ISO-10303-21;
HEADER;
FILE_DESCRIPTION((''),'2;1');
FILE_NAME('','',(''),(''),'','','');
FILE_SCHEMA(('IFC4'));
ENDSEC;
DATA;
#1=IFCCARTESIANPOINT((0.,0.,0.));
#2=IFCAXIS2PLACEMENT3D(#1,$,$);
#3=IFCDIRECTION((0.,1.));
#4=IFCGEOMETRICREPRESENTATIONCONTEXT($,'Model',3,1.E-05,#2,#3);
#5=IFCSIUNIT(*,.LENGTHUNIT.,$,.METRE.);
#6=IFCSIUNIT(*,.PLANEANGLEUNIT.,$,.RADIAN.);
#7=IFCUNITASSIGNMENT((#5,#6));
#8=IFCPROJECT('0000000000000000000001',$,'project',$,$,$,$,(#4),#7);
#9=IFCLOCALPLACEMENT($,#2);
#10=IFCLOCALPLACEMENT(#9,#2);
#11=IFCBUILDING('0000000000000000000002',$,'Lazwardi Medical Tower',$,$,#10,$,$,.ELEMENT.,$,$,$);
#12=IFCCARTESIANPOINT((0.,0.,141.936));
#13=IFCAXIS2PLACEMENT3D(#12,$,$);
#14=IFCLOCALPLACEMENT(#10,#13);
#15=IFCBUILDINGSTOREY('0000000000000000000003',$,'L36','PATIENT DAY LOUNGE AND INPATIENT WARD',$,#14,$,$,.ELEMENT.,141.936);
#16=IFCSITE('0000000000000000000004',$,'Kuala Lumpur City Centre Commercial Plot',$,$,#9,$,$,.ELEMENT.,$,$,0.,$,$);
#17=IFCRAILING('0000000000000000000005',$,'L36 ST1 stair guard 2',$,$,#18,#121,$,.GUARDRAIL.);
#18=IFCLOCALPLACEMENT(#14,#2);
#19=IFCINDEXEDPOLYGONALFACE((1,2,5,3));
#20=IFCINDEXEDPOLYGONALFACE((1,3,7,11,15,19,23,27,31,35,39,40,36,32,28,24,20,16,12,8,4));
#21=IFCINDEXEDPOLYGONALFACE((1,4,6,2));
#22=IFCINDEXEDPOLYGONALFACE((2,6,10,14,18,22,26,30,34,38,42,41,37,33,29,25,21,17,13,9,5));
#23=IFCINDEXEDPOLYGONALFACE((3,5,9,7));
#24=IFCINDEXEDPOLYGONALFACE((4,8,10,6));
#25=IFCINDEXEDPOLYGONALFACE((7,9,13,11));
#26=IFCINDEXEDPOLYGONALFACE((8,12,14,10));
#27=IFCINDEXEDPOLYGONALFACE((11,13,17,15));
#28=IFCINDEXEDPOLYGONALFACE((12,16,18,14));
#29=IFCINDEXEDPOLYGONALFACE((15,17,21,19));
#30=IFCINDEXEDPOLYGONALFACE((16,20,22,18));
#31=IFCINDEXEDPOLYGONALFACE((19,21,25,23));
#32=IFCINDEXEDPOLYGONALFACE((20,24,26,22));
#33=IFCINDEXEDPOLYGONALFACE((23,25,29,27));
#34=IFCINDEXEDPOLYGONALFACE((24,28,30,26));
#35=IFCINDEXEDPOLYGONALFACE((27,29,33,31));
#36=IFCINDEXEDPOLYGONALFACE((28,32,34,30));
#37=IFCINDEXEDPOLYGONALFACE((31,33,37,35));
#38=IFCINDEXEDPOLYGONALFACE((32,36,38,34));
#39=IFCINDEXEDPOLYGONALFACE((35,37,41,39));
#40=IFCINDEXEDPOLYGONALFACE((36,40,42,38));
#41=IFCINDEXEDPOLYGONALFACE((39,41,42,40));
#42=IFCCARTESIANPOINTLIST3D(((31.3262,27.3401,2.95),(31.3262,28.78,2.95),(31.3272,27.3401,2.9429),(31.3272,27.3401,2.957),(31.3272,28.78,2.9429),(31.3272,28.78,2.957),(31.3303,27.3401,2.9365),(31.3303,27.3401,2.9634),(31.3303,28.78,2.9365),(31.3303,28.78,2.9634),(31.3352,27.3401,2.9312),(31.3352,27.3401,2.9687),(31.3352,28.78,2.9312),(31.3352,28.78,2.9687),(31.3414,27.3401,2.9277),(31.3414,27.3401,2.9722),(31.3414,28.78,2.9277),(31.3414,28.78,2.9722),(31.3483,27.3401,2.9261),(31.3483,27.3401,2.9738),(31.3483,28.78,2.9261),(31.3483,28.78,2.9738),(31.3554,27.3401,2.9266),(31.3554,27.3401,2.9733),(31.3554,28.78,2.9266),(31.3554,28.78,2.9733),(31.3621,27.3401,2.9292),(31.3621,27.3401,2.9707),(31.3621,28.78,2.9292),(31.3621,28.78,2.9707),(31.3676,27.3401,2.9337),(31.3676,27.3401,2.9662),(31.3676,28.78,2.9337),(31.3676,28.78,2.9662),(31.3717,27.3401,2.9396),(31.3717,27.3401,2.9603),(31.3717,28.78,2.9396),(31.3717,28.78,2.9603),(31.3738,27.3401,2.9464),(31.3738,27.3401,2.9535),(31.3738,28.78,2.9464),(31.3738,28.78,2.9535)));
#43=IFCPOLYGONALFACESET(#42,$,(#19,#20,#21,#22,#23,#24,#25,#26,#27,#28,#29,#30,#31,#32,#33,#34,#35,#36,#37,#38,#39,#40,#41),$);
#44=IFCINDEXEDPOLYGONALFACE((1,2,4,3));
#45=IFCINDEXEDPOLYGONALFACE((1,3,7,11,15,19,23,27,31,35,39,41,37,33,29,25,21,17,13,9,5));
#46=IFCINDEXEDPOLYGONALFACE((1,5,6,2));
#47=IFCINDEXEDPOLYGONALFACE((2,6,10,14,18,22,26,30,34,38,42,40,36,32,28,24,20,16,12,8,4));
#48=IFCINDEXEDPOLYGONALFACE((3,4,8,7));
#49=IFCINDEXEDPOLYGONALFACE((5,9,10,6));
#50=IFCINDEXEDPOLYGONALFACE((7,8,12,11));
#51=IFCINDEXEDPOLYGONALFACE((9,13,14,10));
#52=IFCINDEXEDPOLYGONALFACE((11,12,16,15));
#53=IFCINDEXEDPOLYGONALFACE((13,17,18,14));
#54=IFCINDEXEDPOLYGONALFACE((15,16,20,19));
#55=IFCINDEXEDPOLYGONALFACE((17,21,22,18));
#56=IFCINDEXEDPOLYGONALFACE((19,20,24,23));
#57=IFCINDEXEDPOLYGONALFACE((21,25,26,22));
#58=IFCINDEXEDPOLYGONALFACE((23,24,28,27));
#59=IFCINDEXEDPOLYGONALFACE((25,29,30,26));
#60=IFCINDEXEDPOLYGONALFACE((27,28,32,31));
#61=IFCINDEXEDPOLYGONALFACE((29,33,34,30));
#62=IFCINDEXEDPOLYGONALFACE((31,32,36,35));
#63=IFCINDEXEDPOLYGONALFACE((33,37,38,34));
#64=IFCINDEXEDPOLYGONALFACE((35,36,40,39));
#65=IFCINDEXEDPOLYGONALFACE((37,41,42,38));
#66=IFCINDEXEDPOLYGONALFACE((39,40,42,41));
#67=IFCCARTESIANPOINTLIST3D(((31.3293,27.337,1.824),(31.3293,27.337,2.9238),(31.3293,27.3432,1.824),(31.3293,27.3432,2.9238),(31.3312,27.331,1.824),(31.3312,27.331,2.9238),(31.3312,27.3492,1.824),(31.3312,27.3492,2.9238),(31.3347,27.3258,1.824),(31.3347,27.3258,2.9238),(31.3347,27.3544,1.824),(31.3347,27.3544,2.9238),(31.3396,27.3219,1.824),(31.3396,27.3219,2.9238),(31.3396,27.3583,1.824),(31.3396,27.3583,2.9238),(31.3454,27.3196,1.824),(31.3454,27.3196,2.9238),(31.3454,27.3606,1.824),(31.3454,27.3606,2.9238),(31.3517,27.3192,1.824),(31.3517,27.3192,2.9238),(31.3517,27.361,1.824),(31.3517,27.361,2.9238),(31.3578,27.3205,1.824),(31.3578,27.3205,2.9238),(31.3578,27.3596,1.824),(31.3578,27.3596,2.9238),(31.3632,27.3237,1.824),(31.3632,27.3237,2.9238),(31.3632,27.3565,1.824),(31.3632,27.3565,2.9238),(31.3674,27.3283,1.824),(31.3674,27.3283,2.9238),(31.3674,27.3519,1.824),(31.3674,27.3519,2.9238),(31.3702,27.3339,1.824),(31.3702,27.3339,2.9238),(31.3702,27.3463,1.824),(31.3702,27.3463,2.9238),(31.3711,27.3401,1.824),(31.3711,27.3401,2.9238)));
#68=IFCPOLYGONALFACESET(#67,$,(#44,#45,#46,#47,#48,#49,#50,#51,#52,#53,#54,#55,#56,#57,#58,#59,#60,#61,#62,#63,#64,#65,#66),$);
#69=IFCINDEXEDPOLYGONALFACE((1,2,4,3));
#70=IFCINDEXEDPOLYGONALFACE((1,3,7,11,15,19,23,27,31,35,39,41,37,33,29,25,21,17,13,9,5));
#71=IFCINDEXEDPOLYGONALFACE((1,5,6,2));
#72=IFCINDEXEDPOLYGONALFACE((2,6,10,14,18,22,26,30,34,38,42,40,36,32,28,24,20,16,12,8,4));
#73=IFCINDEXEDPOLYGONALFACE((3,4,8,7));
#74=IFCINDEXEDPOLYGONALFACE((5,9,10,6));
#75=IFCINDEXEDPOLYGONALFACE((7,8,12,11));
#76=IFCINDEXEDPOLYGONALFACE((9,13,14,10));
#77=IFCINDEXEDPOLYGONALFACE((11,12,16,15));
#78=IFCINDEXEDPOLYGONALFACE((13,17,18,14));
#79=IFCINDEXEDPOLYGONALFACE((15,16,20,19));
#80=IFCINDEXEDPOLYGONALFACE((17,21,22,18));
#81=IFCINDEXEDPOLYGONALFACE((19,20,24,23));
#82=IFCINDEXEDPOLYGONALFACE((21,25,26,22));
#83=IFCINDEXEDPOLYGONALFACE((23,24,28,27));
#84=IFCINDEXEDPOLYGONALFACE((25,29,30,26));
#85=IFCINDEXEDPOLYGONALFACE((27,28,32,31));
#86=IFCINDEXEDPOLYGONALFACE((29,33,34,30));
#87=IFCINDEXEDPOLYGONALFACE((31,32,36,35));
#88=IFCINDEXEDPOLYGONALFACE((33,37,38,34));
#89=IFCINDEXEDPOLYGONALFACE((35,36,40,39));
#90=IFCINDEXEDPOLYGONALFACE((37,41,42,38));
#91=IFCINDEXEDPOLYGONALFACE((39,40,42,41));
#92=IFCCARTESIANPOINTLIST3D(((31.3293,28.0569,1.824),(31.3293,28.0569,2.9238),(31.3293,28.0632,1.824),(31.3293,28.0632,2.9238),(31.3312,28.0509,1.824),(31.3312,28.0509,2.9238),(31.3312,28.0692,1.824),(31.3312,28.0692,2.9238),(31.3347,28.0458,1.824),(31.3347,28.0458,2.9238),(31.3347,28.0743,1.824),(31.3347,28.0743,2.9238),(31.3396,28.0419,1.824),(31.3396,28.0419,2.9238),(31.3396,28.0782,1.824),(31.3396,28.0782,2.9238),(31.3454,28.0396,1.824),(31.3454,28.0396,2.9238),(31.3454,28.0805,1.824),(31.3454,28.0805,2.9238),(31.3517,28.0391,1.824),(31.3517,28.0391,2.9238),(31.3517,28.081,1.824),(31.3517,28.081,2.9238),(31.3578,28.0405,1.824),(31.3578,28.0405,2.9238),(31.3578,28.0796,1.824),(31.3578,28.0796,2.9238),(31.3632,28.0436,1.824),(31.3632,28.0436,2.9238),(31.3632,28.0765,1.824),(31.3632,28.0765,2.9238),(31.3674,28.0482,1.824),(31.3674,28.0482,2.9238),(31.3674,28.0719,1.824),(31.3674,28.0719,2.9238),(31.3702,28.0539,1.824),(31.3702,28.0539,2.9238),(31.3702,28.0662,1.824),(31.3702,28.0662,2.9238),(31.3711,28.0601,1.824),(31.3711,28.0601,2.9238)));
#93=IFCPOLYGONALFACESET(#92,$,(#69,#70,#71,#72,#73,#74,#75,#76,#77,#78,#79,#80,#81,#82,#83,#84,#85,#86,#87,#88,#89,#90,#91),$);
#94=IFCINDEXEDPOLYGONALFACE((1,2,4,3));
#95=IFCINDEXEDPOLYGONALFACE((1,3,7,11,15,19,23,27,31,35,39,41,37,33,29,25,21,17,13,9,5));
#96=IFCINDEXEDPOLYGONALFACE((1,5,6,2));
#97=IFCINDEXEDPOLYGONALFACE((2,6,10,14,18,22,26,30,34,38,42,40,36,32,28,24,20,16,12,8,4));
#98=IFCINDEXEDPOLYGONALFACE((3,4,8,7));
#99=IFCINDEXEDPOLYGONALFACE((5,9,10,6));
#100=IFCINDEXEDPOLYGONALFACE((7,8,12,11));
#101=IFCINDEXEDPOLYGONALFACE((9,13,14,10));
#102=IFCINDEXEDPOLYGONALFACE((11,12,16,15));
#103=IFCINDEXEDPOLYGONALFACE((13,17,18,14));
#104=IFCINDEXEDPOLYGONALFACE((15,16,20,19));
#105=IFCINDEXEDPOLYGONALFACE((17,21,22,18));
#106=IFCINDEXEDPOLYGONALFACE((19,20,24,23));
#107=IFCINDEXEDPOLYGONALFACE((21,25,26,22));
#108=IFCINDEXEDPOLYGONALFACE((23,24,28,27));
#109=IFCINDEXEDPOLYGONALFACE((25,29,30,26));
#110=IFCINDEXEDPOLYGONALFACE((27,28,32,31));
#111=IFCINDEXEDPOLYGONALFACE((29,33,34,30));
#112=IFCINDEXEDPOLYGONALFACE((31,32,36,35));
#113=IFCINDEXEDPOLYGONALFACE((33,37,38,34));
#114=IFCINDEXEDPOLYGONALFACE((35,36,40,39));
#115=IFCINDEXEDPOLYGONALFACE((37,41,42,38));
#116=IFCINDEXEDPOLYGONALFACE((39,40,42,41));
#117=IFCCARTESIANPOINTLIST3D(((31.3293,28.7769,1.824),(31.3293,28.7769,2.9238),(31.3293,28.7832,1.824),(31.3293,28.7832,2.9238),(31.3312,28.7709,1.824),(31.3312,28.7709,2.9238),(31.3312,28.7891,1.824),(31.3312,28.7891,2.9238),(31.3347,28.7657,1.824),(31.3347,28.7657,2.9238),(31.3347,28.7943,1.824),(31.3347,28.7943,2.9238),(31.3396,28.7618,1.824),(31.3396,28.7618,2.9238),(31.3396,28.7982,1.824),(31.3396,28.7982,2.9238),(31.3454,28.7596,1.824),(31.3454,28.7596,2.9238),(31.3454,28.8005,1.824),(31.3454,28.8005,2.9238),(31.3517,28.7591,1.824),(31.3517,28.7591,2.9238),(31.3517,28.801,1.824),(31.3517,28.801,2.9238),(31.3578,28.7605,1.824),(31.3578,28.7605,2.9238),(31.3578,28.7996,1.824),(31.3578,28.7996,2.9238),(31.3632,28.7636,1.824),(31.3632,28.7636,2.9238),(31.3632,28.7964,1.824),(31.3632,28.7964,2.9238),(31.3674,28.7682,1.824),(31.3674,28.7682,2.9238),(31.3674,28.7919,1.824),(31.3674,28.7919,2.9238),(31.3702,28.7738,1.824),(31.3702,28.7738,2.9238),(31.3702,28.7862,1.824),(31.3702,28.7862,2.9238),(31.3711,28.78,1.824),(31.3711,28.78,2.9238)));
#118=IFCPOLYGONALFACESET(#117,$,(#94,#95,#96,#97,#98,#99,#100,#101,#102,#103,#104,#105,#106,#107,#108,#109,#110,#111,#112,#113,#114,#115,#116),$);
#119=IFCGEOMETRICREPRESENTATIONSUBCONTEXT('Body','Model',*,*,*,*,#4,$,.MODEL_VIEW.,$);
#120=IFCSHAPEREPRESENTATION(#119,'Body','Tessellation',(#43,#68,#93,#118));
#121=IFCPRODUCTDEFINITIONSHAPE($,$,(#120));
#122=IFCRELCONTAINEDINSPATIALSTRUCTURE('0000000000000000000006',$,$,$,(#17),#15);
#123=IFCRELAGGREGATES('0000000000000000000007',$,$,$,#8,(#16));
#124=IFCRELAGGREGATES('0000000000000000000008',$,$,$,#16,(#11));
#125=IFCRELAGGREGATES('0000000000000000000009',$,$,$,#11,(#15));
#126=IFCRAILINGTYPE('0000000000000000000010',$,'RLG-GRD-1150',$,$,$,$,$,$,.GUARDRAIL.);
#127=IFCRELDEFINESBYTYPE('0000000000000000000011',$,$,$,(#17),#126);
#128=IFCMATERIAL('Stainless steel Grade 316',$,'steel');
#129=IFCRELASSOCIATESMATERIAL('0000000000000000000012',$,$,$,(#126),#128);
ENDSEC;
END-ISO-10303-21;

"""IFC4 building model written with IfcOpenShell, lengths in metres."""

from ifc_helpers import new_model, si_unit, direction, frame, origin, origin_2d, place, context, subcontext, project, spatial, circle, extrude, material, type_object, element, save


model = new_model("IFC4")

# Units and contexts
model_context = context("Model", 3, precision=1e-05, world=origin(), true_north=direction((0.0, 1.0)))
body_context = subcontext(model_context, "Body", "Model", "MODEL_VIEW")
ifc_project = project(units=[si_unit("LENGTHUNIT", "METRE"), si_unit("PLANEANGLEUNIT", "RADIAN")], contexts=[model_context])

# Site, building, storey
site_placement = place(None, origin())
site = spatial("IfcSite", under=ifc_project, at=site_placement, Name="Kuala Lumpur City Centre Commercial Plot", CompositionType="ELEMENT", RefElevation=0.0)
building_placement = place(site_placement, origin())
building = spatial("IfcBuilding", under=site, at=building_placement, Name="Lazwardi Medical Tower", CompositionType="ELEMENT")
storey_placement = place(building_placement, frame((0.0, 0.0, 141.936)))
storey = spatial("IfcBuildingStorey", under=building, at=storey_placement, Name="L36", Description="PATIENT DAY LOUNGE AND INPATIENT WARD", CompositionType="ELEMENT", Elevation=141.936)

# Railing
ifc_material_1 = material(Name="Stainless steel Grade 316", Category="steel")
railing_type_1 = type_object("IfcRailingType", Name="RLG-GRD-1150", PredefinedType="GUARDRAIL", material=ifc_material_1)
railing_1_placement = place(storey_placement, frame((31.3501, 27.3401, 1.824)))
element("IfcRailing", 1, at=railing_1_placement, inside=storey, type_object=railing_type_1, Name="L36 ST1 stair guard 2", PredefinedType="GUARDRAIL", context=body_context, shape_type="SweptSolid", body=[
    extrude(circle(Radius=0.0239, at=origin_2d()), frame((0.0, 0.0, 1.126), z_axis=(0.0, 1.0, 0.0), x_axis=(-1.0, 0.0, 0.0)), (0.0, 0.0, 1.0), 1.4399),
    extrude(circle(Radius=0.021, at=origin_2d()), origin(), (0.0, 0.0, 1.0), 1.0999),
    extrude(circle(Radius=0.021, at=origin_2d()), frame((0.0, 0.72, 0.0)), (0.0, 0.0, 1.0), 1.0999),
    extrude(circle(Radius=0.021, at=origin_2d()), frame((0.0, 1.4399, 0.0)), (0.0, 0.0, 1.0), 1.0999),
])

save(model, "model.ifc")
